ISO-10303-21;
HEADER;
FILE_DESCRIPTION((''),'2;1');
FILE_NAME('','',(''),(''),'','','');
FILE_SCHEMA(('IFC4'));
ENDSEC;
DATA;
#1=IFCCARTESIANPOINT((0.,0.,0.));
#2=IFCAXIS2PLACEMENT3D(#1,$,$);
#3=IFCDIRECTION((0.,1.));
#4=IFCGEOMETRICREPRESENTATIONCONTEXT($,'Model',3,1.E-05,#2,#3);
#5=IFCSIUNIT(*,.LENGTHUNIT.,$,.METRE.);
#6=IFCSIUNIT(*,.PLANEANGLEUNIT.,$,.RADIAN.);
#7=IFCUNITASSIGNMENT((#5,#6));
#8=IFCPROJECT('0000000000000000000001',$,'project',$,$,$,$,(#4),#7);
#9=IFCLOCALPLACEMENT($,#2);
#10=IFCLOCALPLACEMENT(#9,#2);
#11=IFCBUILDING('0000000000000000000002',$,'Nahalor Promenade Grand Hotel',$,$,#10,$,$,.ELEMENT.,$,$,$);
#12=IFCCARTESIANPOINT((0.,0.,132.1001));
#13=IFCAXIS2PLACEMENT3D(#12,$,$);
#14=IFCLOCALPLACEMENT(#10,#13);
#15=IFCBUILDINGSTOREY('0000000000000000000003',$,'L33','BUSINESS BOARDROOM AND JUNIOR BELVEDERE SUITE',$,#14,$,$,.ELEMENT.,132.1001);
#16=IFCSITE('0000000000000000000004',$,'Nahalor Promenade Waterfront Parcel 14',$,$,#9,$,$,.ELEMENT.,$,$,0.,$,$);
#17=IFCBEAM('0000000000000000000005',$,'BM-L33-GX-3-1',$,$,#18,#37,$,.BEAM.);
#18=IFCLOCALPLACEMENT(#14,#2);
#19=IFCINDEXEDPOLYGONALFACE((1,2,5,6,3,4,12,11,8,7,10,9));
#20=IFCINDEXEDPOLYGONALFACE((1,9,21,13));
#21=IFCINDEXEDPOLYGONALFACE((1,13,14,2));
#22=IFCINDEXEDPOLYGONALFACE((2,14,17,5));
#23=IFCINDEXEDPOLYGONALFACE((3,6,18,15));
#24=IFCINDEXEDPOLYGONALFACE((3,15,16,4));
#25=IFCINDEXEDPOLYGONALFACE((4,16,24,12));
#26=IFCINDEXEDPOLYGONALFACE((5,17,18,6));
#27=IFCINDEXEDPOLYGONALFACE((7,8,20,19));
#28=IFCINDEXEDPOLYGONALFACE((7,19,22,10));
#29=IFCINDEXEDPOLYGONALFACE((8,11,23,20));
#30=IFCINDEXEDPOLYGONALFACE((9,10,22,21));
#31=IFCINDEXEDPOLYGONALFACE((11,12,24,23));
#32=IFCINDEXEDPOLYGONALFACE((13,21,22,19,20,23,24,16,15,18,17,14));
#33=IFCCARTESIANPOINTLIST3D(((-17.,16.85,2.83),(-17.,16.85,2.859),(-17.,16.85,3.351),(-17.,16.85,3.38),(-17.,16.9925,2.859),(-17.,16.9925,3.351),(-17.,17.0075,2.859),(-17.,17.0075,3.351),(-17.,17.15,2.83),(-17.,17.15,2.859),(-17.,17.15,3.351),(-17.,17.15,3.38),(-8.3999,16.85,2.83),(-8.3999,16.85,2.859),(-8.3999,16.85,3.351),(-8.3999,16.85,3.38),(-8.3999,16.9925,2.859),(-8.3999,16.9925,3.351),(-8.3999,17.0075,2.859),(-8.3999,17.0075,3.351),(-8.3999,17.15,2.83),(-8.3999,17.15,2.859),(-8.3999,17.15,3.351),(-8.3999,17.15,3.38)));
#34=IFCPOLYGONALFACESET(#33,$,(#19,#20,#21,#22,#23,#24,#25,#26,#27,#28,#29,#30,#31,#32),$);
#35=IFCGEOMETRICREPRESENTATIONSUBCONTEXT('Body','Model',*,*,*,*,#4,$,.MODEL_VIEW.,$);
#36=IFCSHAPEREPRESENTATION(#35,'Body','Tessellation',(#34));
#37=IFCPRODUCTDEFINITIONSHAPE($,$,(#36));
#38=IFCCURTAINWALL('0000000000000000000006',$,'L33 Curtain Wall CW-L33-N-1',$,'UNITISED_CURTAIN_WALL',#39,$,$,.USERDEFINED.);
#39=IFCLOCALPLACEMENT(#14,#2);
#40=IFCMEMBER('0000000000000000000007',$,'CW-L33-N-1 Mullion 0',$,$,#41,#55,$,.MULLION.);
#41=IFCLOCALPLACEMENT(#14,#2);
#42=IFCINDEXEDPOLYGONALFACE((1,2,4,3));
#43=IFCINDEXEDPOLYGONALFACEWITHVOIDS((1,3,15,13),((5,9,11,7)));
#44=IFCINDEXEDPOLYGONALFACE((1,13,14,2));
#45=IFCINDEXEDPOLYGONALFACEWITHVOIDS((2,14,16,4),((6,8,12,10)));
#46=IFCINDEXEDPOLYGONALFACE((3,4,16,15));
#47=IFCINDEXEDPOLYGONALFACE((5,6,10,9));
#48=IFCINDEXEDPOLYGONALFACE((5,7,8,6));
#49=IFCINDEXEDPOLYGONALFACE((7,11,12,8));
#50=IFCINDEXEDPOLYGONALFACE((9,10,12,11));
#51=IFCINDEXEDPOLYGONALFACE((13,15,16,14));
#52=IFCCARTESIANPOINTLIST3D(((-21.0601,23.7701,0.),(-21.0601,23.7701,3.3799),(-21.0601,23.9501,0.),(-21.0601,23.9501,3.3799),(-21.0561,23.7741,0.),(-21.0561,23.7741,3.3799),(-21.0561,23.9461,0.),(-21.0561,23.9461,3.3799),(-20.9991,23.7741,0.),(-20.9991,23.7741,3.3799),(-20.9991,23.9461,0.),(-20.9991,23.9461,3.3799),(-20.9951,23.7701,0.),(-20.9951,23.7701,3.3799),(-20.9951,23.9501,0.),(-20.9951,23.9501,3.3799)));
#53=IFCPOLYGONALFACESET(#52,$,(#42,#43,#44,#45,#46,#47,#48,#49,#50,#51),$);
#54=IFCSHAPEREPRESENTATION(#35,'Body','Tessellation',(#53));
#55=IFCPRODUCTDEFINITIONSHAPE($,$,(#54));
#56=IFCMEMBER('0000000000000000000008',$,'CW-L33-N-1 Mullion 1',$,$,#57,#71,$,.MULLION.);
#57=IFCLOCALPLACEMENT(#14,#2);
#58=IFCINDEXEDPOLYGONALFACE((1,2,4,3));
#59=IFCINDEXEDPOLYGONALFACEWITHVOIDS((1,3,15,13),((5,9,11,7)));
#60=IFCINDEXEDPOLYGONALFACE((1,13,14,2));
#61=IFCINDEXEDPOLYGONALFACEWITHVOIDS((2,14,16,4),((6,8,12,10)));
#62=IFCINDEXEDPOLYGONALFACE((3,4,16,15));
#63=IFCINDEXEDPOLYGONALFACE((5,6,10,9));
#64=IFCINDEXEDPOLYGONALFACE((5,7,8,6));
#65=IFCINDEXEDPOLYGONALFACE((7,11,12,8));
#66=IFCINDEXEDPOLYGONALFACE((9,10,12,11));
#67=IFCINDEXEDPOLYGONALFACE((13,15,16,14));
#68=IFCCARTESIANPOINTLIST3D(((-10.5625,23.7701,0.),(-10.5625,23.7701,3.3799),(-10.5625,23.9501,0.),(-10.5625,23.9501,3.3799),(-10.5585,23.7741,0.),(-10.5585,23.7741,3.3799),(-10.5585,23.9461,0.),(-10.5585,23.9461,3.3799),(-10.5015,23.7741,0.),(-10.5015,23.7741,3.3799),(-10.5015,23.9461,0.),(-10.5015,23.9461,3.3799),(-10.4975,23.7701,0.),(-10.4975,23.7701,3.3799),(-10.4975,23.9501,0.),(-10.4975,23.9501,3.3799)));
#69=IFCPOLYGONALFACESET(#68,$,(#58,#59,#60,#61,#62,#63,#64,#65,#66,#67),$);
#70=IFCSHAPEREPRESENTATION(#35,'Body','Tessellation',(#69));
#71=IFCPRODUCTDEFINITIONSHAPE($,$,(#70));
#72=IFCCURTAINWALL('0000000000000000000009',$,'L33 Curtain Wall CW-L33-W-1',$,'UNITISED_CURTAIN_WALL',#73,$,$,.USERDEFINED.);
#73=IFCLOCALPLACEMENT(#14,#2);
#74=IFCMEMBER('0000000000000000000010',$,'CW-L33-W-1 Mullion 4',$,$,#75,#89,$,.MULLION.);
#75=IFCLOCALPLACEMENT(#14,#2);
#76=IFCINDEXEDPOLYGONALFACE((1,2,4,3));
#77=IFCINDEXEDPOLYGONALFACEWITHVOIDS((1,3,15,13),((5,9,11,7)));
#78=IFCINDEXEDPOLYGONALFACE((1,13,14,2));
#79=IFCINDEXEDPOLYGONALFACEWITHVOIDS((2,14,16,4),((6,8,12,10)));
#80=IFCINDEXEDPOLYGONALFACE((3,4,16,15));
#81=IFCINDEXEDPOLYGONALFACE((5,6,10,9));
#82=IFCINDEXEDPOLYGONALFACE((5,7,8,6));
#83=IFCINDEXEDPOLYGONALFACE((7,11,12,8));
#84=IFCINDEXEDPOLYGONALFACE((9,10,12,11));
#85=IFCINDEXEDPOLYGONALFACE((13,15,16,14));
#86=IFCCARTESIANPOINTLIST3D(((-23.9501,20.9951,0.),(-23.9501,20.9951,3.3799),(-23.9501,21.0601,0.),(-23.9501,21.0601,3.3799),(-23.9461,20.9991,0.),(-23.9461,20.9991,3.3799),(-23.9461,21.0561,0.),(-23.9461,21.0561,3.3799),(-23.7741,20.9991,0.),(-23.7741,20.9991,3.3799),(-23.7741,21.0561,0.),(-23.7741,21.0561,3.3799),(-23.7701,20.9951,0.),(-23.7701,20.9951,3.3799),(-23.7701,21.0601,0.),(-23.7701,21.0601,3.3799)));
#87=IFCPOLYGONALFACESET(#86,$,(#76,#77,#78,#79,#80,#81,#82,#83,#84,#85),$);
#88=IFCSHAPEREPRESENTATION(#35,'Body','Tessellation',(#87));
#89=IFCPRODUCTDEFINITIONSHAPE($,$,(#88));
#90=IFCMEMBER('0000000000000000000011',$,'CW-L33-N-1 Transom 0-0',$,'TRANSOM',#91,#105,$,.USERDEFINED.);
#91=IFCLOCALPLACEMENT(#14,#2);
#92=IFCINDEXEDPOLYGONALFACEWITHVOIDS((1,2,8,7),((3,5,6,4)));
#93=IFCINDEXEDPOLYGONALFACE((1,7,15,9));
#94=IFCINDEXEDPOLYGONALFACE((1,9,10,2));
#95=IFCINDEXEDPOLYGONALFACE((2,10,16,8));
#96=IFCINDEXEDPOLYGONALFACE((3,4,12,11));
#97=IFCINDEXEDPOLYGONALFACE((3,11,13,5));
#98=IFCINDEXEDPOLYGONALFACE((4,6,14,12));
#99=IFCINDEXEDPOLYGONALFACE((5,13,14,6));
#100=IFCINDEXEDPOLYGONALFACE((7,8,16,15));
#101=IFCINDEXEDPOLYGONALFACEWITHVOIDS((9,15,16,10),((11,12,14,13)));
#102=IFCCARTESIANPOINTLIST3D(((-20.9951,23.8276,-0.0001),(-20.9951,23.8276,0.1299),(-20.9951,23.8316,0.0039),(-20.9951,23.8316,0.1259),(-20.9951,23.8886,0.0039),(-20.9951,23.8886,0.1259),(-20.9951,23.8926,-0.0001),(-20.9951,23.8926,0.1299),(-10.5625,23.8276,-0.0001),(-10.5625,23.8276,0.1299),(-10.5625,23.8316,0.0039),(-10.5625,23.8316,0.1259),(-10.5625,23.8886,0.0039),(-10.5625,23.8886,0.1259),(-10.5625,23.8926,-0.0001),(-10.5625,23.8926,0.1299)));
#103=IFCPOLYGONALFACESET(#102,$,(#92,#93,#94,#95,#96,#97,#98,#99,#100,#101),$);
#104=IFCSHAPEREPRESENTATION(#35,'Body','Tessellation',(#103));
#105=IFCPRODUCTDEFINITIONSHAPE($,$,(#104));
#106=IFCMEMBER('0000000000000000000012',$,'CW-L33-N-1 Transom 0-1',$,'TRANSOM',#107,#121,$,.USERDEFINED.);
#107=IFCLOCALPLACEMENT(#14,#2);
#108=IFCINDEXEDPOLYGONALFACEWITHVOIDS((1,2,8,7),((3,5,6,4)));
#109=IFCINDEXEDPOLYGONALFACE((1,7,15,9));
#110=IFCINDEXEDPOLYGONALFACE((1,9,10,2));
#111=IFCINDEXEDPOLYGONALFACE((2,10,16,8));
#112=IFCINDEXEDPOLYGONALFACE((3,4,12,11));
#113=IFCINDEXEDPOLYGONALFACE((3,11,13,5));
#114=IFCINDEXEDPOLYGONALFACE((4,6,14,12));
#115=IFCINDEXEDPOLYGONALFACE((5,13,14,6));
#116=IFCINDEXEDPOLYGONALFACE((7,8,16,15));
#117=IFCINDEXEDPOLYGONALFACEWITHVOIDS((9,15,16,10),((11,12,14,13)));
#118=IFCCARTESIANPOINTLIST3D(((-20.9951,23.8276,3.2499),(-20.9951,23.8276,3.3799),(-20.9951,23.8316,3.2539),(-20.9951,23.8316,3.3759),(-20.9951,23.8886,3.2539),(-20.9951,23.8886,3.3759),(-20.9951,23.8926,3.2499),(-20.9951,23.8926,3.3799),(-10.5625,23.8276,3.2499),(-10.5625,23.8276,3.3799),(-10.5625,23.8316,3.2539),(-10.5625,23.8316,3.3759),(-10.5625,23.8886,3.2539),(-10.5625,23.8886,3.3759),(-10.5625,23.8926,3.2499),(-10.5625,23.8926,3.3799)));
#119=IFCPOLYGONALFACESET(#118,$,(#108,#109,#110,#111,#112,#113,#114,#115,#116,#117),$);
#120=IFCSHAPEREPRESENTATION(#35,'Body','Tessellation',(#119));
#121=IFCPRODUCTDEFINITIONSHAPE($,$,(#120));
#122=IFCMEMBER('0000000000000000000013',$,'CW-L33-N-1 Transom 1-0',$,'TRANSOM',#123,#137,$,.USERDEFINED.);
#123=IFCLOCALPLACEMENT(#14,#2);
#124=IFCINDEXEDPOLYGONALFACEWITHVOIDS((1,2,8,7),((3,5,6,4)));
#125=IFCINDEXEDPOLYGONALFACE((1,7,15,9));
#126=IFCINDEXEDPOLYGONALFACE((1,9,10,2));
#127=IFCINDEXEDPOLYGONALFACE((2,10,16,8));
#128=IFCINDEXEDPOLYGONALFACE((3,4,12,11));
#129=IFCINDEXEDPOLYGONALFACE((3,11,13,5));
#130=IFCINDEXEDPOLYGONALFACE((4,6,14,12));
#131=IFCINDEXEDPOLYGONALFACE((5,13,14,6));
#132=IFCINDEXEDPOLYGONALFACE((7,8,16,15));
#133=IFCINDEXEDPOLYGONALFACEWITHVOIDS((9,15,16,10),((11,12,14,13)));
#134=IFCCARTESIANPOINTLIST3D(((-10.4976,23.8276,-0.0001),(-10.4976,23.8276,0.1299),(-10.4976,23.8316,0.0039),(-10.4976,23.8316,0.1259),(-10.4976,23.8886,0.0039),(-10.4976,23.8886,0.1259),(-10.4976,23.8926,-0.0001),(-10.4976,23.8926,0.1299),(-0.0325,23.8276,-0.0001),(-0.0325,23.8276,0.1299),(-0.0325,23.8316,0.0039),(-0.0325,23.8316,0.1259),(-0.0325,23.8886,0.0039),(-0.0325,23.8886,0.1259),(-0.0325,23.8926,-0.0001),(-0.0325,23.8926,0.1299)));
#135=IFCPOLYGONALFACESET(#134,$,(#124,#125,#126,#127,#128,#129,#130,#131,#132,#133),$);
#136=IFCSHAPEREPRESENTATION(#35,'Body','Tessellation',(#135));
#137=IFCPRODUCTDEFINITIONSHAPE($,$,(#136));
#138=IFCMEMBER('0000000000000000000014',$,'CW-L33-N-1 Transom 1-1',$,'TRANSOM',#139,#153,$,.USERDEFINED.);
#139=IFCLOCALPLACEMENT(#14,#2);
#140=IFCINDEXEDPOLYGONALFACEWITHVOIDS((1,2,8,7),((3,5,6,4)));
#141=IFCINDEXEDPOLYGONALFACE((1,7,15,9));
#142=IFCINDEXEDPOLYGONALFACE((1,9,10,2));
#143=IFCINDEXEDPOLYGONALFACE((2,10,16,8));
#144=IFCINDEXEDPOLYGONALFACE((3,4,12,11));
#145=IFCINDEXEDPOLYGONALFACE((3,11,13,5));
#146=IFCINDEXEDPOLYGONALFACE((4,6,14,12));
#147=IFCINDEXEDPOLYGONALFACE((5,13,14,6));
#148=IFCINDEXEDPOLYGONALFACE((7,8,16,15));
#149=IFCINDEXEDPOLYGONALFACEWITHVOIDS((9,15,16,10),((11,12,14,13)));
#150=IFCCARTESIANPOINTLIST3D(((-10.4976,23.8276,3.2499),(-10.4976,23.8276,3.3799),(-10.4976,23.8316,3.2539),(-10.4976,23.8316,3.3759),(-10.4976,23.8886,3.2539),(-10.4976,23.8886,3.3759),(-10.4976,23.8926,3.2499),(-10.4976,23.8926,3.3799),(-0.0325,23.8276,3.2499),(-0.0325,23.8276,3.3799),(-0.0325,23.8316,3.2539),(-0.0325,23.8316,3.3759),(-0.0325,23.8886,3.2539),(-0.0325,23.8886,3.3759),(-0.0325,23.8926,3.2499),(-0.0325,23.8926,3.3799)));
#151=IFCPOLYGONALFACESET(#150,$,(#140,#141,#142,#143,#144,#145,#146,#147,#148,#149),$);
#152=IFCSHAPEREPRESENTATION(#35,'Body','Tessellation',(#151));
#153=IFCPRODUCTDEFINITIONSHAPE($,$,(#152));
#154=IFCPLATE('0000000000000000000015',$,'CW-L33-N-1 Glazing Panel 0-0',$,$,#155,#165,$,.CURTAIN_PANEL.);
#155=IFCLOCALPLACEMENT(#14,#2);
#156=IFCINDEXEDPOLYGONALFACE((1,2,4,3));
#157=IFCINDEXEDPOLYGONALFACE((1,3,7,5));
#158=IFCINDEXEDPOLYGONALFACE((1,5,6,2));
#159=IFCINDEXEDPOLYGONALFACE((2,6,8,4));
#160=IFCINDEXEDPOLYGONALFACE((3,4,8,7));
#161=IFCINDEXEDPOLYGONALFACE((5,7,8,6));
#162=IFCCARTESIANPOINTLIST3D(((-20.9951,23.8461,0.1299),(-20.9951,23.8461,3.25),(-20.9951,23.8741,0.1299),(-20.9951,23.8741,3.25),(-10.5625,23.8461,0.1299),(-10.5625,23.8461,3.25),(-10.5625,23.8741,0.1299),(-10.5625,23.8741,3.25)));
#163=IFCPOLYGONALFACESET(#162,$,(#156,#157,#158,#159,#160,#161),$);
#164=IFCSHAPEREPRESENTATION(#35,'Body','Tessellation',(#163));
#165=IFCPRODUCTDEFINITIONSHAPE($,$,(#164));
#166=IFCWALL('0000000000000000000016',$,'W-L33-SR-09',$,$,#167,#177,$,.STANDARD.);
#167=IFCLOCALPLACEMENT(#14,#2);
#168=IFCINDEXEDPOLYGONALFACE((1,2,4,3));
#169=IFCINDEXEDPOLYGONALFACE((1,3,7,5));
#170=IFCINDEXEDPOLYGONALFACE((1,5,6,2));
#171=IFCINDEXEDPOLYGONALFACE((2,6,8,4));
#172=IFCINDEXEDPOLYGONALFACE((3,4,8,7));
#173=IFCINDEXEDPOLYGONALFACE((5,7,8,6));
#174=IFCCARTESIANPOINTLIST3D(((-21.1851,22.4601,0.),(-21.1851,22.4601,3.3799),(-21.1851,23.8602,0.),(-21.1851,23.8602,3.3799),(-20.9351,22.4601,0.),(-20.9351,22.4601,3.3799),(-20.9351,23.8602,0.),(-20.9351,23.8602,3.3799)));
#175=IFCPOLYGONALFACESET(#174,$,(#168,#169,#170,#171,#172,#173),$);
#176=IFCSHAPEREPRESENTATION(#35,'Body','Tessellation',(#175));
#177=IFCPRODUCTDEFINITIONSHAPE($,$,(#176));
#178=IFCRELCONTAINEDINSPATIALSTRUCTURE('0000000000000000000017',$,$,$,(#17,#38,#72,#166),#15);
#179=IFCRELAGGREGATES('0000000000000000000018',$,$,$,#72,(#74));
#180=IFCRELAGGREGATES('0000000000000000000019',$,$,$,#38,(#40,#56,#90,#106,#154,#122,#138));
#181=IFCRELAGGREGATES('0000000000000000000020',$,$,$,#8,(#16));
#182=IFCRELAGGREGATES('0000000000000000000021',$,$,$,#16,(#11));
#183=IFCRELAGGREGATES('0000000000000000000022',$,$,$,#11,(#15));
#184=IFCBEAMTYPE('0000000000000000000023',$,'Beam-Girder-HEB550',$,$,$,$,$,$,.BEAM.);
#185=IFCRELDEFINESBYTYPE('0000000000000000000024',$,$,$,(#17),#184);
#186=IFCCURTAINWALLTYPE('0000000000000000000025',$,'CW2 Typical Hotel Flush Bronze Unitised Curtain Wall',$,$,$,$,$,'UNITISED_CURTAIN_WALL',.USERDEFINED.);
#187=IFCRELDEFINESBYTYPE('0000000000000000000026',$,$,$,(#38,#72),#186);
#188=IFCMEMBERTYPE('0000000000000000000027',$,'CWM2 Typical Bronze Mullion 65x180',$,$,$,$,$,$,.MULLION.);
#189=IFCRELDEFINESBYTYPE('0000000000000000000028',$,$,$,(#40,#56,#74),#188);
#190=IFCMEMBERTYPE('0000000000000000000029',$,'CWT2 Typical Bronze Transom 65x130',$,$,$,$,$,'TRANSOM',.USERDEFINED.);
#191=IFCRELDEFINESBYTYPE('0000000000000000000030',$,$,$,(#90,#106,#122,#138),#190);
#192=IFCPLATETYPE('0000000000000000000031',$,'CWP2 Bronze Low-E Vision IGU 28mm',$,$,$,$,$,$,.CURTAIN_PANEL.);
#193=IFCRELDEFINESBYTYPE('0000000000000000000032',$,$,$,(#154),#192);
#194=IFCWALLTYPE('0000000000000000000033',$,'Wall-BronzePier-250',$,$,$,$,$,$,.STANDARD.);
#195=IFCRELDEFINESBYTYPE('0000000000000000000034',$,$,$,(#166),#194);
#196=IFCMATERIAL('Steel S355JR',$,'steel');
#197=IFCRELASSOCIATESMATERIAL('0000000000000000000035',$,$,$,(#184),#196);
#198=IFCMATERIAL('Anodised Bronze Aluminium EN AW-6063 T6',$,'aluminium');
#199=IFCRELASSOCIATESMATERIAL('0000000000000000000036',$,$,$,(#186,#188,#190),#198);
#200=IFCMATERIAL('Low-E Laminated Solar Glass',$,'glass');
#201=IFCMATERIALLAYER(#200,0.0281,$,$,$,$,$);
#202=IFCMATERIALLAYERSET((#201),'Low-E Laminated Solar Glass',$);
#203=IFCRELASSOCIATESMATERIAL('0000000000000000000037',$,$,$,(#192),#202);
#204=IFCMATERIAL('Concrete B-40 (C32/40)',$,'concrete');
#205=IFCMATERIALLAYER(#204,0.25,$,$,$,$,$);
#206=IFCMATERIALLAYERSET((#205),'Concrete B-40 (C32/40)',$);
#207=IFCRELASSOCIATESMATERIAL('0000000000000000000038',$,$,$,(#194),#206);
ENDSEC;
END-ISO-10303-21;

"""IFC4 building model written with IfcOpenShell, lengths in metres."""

from ifc_helpers import new_model, si_unit, direction, frame, frame_2d, origin, origin_2d, place, context, subcontext, project, spatial, rectangle, hollow_rectangle, i_section, extrude, source, transform, mapped, material, layer, layer_set, material_profile, profile_set, type_object, element, aggregate, save


model = new_model("IFC4")

# Units and contexts
model_context = context("Model", 3, precision=1e-05, world=origin(), true_north=direction((0.0, 1.0)))
body_context = subcontext(model_context, "Body", "Model", "MODEL_VIEW")
ifc_project = project(units=[si_unit("LENGTHUNIT", "METRE"), si_unit("PLANEANGLEUNIT", "RADIAN")], contexts=[model_context])

# Site, building, storey
site_placement = place(None, origin())
site = spatial("IfcSite", under=ifc_project, at=site_placement, Name="Nahalor Promenade Waterfront Parcel 14", CompositionType="ELEMENT", RefElevation=0.0)
building_placement = place(site_placement, origin())
building = spatial("IfcBuilding", under=site, at=building_placement, Name="Nahalor Promenade Grand Hotel", CompositionType="ELEMENT")
storey_placement = place(building_placement, frame((0.0, 0.0, 132.1001)))
storey = spatial("IfcBuildingStorey", under=building, at=storey_placement, Name="L33", Description="BUSINESS BOARDROOM AND JUNIOR BELVEDERE SUITE", CompositionType="ELEMENT", Elevation=132.1001)

# Beam
ifc_material_1 = material(Name="Steel S355JR", Category="steel")
ifc_material_profile_1 = material_profile(ifc_material_1, i_section(OverallWidth=0.3, OverallDepth=0.55, WebThickness=0.015, FlangeThickness=0.029, at=origin_2d()), Name="HEB 550")
ifc_profile_set_1 = profile_set([ifc_material_profile_1], Name="Steel S355JR")
beam_type_1 = type_object("IfcBeamType", Name="Beam-Girder-HEB550", PredefinedType="BEAM", material=ifc_profile_set_1)
shared_shape_1 = source(origin(), body_context, "Body", "SweptSolid", [
    extrude(i_section(OverallWidth=0.3, OverallDepth=0.55, WebThickness=0.015, FlangeThickness=0.029, at=origin_2d()), origin(), (0.0, 0.0, 1.0), 8.6001),
])
beam_1_placement = place(storey_placement, frame((-17.0, 17.0, 3.105), z_axis=(1.0, 0.0, 0.0), x_axis=(0.0, 1.0, 0.0)))
element("IfcBeam", 1, at=beam_1_placement, inside=storey, type_object=beam_type_1, Name="BM-L33-GX-3-1", PredefinedType="BEAM", context=body_context, shape_type="MappedRepresentation", body=[
    mapped(shared_shape_1, transform((0.0, 0.0, 0.0), scale=1.0)),
])

# Curtain wall, members
ifc_material_2 = material(Name="Anodised Bronze Aluminium EN AW-6063 T6", Category="aluminium")
curtain_wall_type = type_object("IfcCurtainWallType", Name="CW2 Typical Hotel Flush Bronze Unitised Curtain Wall", ElementType="UNITISED_CURTAIN_WALL", PredefinedType="USERDEFINED", material=ifc_material_2)
curtain_wall_1_placement = place(storey_placement, origin())
curtain_wall_1 = element("IfcCurtainWall", 2, at=curtain_wall_1_placement, inside=storey, type_object=curtain_wall_type, Name="L33 Curtain Wall CW-L33-N-1", ObjectType="UNITISED_CURTAIN_WALL", PredefinedType="USERDEFINED")
ifc_material_profile_2 = material_profile(ifc_material_2, hollow_rectangle(XDim=0.065, YDim=0.18, WallThickness=0.004, at=origin_2d()), Name="CWM 65x180x4")
ifc_profile_set_2 = profile_set([ifc_material_profile_2], Name="Anodised Bronze Aluminium EN AW-6063 T6")
member_type_1 = type_object("IfcMemberType", Name="CWM2 Typical Bronze Mullion 65x180", PredefinedType="MULLION", material=ifc_profile_set_2)
shared_shape_2 = source(origin(), body_context, "Body", "SweptSolid", [
    extrude(hollow_rectangle(XDim=0.065, YDim=0.18, WallThickness=0.004, at=origin_2d()), origin(), (0.0, 0.0, 1.0), 3.3799),
])
member_1_placement = place(storey_placement, frame((-21.0276, 23.8601, 0.0), z_axis=(0.0, 0.0, 1.0), x_axis=(1.0, 0.0, 0.0)))
member_1 = element("IfcMember", 3, at=member_1_placement, type_object=member_type_1, Name="CW-L33-N-1 Mullion 0", PredefinedType="MULLION", context=body_context, shape_type="MappedRepresentation", body=[
    mapped(shared_shape_2, transform((0.0, 0.0, 0.0), scale=1.0)),
])
member_2_placement = place(storey_placement, frame((-10.53, 23.8601, 0.0), z_axis=(0.0, 0.0, 1.0), x_axis=(1.0, 0.0, 0.0)))
member_2 = element("IfcMember", 4, at=member_2_placement, type_object=member_type_1, Name="CW-L33-N-1 Mullion 1", PredefinedType="MULLION", context=body_context, shape_type="MappedRepresentation", body=[
    mapped(shared_shape_2, transform((0.0, 0.0, 0.0), scale=1.0)),
])

# Curtain wall, member
curtain_wall_2_placement = place(storey_placement, origin())
curtain_wall_2 = element("IfcCurtainWall", 5, at=curtain_wall_2_placement, inside=storey, type_object=curtain_wall_type, Name="L33 Curtain Wall CW-L33-W-1", ObjectType="UNITISED_CURTAIN_WALL", PredefinedType="USERDEFINED")
member_3_placement = place(storey_placement, frame((-23.8601, 21.0276, 0.0), z_axis=(0.0, 0.0, 1.0), x_axis=(0.0, 1.0, 0.0)))
member_3 = element("IfcMember", 6, at=member_3_placement, type_object=member_type_1, Name="CW-L33-W-1 Mullion 4", PredefinedType="MULLION", context=body_context, shape_type="MappedRepresentation", body=[
    mapped(shared_shape_2, transform((0.0, 0.0, 0.0), scale=1.0)),
])
aggregate(curtain_wall_2, [member_3])

# Members
ifc_material_profile_3 = material_profile(ifc_material_2, hollow_rectangle(XDim=0.065, YDim=0.13, WallThickness=0.004, at=origin_2d()), Name="CWT 65x130x4")
ifc_profile_set_3 = profile_set([ifc_material_profile_3], Name="Anodised Bronze Aluminium EN AW-6063 T6")
member_type_2 = type_object("IfcMemberType", Name="CWT2 Typical Bronze Transom 65x130", ElementType="TRANSOM", PredefinedType="USERDEFINED", material=ifc_profile_set_3)
shared_shape_3 = source(origin(), body_context, "Body", "SweptSolid", [
    extrude(hollow_rectangle(XDim=0.065, YDim=0.13, WallThickness=0.004, at=origin_2d()), origin(), (0.0, 0.0, 1.0), 10.4326),
])
member_4_placement = place(storey_placement, frame((-20.9951, 23.8601, 0.0649), z_axis=(1.0, 0.0, 0.0), x_axis=(0.0, 1.0, 0.0)))
member_4 = element("IfcMember", 7, at=member_4_placement, type_object=member_type_2, Name="CW-L33-N-1 Transom 0-0", ObjectType="TRANSOM", PredefinedType="USERDEFINED", context=body_context, shape_type="MappedRepresentation", body=[
    mapped(shared_shape_3, transform((0.0, 0.0, 0.0), scale=1.0)),
])
member_5_placement = place(storey_placement, frame((-20.9951, 23.8601, 3.3149), z_axis=(1.0, 0.0, 0.0), x_axis=(0.0, 1.0, 0.0)))
member_5 = element("IfcMember", 8, at=member_5_placement, type_object=member_type_2, Name="CW-L33-N-1 Transom 0-1", ObjectType="TRANSOM", PredefinedType="USERDEFINED", context=body_context, shape_type="MappedRepresentation", body=[
    mapped(shared_shape_3, transform((0.0, 0.0, 0.0), scale=1.0)),
])
shared_shape_4 = source(origin(), body_context, "Body", "SweptSolid", [
    extrude(hollow_rectangle(XDim=0.065, YDim=0.13, WallThickness=0.004, at=origin_2d()), origin(), (0.0, 0.0, 1.0), 10.4651),
])
member_6_placement = place(storey_placement, frame((-10.4976, 23.8601, 0.0649), z_axis=(1.0, 0.0, 0.0), x_axis=(0.0, 1.0, 0.0)))
member_6 = element("IfcMember", 9, at=member_6_placement, type_object=member_type_2, Name="CW-L33-N-1 Transom 1-0", ObjectType="TRANSOM", PredefinedType="USERDEFINED", context=body_context, shape_type="MappedRepresentation", body=[
    mapped(shared_shape_4, transform((0.0, 0.0, 0.0), scale=1.0)),
])
member_7_placement = place(storey_placement, frame((-10.4976, 23.8601, 3.3149), z_axis=(1.0, 0.0, 0.0), x_axis=(0.0, 1.0, 0.0)))
member_7 = element("IfcMember", 10, at=member_7_placement, type_object=member_type_2, Name="CW-L33-N-1 Transom 1-1", ObjectType="TRANSOM", PredefinedType="USERDEFINED", context=body_context, shape_type="MappedRepresentation", body=[
    mapped(shared_shape_4, transform((0.0, 0.0, 0.0), scale=1.0)),
])

# Plate
ifc_material_3 = material(Name="Low-E Laminated Solar Glass", Category="glass")
ifc_layer_1 = layer(ifc_material_3, 0.0281)
ifc_layer_set_1 = layer_set([ifc_layer_1], Name="Low-E Laminated Solar Glass")
plate_type = type_object("IfcPlateType", Name="CWP2 Bronze Low-E Vision IGU 28mm", PredefinedType="CURTAIN_PANEL", material=ifc_layer_set_1)
shared_shape_5 = source(origin(), body_context, "Body", "SweptSolid", [
    extrude(rectangle(XDim=10.4326, YDim=0.0281, at=origin_2d()), origin(), (0.0, 0.0, 1.0), 3.1201),
])
plate_placement = place(storey_placement, frame((-15.7788, 23.8601, 0.1299), z_axis=(0.0, 0.0, 1.0), x_axis=(1.0, 0.0, 0.0)))
plate = element("IfcPlate", 11, at=plate_placement, type_object=plate_type, Name="CW-L33-N-1 Glazing Panel 0-0", PredefinedType="CURTAIN_PANEL", context=body_context, shape_type="MappedRepresentation", body=[
    mapped(shared_shape_5, transform((0.0, 0.0, 0.0), scale=1.0)),
])
aggregate(curtain_wall_1, [member_1, member_2, member_4, member_5, plate, member_6, member_7])

# Wall
ifc_material_4 = material(Name="Concrete B-40 (C32/40)", Category="concrete")
ifc_layer_2 = layer(ifc_material_4, 0.25)
ifc_layer_set_2 = layer_set([ifc_layer_2], Name="Concrete B-40 (C32/40)")
wall_type_1 = type_object("IfcWallType", Name="Wall-BronzePier-250", PredefinedType="STANDARD", material=ifc_layer_set_2)
shared_shape_6 = source(origin(), body_context, "Body", "SweptSolid", [
    extrude(rectangle(XDim=1.4001, YDim=0.25, at=frame_2d((0.7002, 0.0))), origin(), (0.0, 0.0, 1.0), 3.3799),
])
for number, where, z_axis, x_axis, name in (
    (12, (-21.0601, 22.46, 0.0), (0.0, 0.0, 1.0), (0.0, 1.0, 0.0), "W-L33-SR-09"),
):
    element("IfcWall", number, at=place(storey_placement, frame(where, z_axis=z_axis, x_axis=x_axis)), inside=storey, type_object=wall_type_1, Name=name, PredefinedType="STANDARD", context=body_context, shape_type="MappedRepresentation", body=[
        mapped(shared_shape_6, transform((0.0, 0.0, 0.0), scale=1.0)),
    ])

save(model, "model.ifc")
